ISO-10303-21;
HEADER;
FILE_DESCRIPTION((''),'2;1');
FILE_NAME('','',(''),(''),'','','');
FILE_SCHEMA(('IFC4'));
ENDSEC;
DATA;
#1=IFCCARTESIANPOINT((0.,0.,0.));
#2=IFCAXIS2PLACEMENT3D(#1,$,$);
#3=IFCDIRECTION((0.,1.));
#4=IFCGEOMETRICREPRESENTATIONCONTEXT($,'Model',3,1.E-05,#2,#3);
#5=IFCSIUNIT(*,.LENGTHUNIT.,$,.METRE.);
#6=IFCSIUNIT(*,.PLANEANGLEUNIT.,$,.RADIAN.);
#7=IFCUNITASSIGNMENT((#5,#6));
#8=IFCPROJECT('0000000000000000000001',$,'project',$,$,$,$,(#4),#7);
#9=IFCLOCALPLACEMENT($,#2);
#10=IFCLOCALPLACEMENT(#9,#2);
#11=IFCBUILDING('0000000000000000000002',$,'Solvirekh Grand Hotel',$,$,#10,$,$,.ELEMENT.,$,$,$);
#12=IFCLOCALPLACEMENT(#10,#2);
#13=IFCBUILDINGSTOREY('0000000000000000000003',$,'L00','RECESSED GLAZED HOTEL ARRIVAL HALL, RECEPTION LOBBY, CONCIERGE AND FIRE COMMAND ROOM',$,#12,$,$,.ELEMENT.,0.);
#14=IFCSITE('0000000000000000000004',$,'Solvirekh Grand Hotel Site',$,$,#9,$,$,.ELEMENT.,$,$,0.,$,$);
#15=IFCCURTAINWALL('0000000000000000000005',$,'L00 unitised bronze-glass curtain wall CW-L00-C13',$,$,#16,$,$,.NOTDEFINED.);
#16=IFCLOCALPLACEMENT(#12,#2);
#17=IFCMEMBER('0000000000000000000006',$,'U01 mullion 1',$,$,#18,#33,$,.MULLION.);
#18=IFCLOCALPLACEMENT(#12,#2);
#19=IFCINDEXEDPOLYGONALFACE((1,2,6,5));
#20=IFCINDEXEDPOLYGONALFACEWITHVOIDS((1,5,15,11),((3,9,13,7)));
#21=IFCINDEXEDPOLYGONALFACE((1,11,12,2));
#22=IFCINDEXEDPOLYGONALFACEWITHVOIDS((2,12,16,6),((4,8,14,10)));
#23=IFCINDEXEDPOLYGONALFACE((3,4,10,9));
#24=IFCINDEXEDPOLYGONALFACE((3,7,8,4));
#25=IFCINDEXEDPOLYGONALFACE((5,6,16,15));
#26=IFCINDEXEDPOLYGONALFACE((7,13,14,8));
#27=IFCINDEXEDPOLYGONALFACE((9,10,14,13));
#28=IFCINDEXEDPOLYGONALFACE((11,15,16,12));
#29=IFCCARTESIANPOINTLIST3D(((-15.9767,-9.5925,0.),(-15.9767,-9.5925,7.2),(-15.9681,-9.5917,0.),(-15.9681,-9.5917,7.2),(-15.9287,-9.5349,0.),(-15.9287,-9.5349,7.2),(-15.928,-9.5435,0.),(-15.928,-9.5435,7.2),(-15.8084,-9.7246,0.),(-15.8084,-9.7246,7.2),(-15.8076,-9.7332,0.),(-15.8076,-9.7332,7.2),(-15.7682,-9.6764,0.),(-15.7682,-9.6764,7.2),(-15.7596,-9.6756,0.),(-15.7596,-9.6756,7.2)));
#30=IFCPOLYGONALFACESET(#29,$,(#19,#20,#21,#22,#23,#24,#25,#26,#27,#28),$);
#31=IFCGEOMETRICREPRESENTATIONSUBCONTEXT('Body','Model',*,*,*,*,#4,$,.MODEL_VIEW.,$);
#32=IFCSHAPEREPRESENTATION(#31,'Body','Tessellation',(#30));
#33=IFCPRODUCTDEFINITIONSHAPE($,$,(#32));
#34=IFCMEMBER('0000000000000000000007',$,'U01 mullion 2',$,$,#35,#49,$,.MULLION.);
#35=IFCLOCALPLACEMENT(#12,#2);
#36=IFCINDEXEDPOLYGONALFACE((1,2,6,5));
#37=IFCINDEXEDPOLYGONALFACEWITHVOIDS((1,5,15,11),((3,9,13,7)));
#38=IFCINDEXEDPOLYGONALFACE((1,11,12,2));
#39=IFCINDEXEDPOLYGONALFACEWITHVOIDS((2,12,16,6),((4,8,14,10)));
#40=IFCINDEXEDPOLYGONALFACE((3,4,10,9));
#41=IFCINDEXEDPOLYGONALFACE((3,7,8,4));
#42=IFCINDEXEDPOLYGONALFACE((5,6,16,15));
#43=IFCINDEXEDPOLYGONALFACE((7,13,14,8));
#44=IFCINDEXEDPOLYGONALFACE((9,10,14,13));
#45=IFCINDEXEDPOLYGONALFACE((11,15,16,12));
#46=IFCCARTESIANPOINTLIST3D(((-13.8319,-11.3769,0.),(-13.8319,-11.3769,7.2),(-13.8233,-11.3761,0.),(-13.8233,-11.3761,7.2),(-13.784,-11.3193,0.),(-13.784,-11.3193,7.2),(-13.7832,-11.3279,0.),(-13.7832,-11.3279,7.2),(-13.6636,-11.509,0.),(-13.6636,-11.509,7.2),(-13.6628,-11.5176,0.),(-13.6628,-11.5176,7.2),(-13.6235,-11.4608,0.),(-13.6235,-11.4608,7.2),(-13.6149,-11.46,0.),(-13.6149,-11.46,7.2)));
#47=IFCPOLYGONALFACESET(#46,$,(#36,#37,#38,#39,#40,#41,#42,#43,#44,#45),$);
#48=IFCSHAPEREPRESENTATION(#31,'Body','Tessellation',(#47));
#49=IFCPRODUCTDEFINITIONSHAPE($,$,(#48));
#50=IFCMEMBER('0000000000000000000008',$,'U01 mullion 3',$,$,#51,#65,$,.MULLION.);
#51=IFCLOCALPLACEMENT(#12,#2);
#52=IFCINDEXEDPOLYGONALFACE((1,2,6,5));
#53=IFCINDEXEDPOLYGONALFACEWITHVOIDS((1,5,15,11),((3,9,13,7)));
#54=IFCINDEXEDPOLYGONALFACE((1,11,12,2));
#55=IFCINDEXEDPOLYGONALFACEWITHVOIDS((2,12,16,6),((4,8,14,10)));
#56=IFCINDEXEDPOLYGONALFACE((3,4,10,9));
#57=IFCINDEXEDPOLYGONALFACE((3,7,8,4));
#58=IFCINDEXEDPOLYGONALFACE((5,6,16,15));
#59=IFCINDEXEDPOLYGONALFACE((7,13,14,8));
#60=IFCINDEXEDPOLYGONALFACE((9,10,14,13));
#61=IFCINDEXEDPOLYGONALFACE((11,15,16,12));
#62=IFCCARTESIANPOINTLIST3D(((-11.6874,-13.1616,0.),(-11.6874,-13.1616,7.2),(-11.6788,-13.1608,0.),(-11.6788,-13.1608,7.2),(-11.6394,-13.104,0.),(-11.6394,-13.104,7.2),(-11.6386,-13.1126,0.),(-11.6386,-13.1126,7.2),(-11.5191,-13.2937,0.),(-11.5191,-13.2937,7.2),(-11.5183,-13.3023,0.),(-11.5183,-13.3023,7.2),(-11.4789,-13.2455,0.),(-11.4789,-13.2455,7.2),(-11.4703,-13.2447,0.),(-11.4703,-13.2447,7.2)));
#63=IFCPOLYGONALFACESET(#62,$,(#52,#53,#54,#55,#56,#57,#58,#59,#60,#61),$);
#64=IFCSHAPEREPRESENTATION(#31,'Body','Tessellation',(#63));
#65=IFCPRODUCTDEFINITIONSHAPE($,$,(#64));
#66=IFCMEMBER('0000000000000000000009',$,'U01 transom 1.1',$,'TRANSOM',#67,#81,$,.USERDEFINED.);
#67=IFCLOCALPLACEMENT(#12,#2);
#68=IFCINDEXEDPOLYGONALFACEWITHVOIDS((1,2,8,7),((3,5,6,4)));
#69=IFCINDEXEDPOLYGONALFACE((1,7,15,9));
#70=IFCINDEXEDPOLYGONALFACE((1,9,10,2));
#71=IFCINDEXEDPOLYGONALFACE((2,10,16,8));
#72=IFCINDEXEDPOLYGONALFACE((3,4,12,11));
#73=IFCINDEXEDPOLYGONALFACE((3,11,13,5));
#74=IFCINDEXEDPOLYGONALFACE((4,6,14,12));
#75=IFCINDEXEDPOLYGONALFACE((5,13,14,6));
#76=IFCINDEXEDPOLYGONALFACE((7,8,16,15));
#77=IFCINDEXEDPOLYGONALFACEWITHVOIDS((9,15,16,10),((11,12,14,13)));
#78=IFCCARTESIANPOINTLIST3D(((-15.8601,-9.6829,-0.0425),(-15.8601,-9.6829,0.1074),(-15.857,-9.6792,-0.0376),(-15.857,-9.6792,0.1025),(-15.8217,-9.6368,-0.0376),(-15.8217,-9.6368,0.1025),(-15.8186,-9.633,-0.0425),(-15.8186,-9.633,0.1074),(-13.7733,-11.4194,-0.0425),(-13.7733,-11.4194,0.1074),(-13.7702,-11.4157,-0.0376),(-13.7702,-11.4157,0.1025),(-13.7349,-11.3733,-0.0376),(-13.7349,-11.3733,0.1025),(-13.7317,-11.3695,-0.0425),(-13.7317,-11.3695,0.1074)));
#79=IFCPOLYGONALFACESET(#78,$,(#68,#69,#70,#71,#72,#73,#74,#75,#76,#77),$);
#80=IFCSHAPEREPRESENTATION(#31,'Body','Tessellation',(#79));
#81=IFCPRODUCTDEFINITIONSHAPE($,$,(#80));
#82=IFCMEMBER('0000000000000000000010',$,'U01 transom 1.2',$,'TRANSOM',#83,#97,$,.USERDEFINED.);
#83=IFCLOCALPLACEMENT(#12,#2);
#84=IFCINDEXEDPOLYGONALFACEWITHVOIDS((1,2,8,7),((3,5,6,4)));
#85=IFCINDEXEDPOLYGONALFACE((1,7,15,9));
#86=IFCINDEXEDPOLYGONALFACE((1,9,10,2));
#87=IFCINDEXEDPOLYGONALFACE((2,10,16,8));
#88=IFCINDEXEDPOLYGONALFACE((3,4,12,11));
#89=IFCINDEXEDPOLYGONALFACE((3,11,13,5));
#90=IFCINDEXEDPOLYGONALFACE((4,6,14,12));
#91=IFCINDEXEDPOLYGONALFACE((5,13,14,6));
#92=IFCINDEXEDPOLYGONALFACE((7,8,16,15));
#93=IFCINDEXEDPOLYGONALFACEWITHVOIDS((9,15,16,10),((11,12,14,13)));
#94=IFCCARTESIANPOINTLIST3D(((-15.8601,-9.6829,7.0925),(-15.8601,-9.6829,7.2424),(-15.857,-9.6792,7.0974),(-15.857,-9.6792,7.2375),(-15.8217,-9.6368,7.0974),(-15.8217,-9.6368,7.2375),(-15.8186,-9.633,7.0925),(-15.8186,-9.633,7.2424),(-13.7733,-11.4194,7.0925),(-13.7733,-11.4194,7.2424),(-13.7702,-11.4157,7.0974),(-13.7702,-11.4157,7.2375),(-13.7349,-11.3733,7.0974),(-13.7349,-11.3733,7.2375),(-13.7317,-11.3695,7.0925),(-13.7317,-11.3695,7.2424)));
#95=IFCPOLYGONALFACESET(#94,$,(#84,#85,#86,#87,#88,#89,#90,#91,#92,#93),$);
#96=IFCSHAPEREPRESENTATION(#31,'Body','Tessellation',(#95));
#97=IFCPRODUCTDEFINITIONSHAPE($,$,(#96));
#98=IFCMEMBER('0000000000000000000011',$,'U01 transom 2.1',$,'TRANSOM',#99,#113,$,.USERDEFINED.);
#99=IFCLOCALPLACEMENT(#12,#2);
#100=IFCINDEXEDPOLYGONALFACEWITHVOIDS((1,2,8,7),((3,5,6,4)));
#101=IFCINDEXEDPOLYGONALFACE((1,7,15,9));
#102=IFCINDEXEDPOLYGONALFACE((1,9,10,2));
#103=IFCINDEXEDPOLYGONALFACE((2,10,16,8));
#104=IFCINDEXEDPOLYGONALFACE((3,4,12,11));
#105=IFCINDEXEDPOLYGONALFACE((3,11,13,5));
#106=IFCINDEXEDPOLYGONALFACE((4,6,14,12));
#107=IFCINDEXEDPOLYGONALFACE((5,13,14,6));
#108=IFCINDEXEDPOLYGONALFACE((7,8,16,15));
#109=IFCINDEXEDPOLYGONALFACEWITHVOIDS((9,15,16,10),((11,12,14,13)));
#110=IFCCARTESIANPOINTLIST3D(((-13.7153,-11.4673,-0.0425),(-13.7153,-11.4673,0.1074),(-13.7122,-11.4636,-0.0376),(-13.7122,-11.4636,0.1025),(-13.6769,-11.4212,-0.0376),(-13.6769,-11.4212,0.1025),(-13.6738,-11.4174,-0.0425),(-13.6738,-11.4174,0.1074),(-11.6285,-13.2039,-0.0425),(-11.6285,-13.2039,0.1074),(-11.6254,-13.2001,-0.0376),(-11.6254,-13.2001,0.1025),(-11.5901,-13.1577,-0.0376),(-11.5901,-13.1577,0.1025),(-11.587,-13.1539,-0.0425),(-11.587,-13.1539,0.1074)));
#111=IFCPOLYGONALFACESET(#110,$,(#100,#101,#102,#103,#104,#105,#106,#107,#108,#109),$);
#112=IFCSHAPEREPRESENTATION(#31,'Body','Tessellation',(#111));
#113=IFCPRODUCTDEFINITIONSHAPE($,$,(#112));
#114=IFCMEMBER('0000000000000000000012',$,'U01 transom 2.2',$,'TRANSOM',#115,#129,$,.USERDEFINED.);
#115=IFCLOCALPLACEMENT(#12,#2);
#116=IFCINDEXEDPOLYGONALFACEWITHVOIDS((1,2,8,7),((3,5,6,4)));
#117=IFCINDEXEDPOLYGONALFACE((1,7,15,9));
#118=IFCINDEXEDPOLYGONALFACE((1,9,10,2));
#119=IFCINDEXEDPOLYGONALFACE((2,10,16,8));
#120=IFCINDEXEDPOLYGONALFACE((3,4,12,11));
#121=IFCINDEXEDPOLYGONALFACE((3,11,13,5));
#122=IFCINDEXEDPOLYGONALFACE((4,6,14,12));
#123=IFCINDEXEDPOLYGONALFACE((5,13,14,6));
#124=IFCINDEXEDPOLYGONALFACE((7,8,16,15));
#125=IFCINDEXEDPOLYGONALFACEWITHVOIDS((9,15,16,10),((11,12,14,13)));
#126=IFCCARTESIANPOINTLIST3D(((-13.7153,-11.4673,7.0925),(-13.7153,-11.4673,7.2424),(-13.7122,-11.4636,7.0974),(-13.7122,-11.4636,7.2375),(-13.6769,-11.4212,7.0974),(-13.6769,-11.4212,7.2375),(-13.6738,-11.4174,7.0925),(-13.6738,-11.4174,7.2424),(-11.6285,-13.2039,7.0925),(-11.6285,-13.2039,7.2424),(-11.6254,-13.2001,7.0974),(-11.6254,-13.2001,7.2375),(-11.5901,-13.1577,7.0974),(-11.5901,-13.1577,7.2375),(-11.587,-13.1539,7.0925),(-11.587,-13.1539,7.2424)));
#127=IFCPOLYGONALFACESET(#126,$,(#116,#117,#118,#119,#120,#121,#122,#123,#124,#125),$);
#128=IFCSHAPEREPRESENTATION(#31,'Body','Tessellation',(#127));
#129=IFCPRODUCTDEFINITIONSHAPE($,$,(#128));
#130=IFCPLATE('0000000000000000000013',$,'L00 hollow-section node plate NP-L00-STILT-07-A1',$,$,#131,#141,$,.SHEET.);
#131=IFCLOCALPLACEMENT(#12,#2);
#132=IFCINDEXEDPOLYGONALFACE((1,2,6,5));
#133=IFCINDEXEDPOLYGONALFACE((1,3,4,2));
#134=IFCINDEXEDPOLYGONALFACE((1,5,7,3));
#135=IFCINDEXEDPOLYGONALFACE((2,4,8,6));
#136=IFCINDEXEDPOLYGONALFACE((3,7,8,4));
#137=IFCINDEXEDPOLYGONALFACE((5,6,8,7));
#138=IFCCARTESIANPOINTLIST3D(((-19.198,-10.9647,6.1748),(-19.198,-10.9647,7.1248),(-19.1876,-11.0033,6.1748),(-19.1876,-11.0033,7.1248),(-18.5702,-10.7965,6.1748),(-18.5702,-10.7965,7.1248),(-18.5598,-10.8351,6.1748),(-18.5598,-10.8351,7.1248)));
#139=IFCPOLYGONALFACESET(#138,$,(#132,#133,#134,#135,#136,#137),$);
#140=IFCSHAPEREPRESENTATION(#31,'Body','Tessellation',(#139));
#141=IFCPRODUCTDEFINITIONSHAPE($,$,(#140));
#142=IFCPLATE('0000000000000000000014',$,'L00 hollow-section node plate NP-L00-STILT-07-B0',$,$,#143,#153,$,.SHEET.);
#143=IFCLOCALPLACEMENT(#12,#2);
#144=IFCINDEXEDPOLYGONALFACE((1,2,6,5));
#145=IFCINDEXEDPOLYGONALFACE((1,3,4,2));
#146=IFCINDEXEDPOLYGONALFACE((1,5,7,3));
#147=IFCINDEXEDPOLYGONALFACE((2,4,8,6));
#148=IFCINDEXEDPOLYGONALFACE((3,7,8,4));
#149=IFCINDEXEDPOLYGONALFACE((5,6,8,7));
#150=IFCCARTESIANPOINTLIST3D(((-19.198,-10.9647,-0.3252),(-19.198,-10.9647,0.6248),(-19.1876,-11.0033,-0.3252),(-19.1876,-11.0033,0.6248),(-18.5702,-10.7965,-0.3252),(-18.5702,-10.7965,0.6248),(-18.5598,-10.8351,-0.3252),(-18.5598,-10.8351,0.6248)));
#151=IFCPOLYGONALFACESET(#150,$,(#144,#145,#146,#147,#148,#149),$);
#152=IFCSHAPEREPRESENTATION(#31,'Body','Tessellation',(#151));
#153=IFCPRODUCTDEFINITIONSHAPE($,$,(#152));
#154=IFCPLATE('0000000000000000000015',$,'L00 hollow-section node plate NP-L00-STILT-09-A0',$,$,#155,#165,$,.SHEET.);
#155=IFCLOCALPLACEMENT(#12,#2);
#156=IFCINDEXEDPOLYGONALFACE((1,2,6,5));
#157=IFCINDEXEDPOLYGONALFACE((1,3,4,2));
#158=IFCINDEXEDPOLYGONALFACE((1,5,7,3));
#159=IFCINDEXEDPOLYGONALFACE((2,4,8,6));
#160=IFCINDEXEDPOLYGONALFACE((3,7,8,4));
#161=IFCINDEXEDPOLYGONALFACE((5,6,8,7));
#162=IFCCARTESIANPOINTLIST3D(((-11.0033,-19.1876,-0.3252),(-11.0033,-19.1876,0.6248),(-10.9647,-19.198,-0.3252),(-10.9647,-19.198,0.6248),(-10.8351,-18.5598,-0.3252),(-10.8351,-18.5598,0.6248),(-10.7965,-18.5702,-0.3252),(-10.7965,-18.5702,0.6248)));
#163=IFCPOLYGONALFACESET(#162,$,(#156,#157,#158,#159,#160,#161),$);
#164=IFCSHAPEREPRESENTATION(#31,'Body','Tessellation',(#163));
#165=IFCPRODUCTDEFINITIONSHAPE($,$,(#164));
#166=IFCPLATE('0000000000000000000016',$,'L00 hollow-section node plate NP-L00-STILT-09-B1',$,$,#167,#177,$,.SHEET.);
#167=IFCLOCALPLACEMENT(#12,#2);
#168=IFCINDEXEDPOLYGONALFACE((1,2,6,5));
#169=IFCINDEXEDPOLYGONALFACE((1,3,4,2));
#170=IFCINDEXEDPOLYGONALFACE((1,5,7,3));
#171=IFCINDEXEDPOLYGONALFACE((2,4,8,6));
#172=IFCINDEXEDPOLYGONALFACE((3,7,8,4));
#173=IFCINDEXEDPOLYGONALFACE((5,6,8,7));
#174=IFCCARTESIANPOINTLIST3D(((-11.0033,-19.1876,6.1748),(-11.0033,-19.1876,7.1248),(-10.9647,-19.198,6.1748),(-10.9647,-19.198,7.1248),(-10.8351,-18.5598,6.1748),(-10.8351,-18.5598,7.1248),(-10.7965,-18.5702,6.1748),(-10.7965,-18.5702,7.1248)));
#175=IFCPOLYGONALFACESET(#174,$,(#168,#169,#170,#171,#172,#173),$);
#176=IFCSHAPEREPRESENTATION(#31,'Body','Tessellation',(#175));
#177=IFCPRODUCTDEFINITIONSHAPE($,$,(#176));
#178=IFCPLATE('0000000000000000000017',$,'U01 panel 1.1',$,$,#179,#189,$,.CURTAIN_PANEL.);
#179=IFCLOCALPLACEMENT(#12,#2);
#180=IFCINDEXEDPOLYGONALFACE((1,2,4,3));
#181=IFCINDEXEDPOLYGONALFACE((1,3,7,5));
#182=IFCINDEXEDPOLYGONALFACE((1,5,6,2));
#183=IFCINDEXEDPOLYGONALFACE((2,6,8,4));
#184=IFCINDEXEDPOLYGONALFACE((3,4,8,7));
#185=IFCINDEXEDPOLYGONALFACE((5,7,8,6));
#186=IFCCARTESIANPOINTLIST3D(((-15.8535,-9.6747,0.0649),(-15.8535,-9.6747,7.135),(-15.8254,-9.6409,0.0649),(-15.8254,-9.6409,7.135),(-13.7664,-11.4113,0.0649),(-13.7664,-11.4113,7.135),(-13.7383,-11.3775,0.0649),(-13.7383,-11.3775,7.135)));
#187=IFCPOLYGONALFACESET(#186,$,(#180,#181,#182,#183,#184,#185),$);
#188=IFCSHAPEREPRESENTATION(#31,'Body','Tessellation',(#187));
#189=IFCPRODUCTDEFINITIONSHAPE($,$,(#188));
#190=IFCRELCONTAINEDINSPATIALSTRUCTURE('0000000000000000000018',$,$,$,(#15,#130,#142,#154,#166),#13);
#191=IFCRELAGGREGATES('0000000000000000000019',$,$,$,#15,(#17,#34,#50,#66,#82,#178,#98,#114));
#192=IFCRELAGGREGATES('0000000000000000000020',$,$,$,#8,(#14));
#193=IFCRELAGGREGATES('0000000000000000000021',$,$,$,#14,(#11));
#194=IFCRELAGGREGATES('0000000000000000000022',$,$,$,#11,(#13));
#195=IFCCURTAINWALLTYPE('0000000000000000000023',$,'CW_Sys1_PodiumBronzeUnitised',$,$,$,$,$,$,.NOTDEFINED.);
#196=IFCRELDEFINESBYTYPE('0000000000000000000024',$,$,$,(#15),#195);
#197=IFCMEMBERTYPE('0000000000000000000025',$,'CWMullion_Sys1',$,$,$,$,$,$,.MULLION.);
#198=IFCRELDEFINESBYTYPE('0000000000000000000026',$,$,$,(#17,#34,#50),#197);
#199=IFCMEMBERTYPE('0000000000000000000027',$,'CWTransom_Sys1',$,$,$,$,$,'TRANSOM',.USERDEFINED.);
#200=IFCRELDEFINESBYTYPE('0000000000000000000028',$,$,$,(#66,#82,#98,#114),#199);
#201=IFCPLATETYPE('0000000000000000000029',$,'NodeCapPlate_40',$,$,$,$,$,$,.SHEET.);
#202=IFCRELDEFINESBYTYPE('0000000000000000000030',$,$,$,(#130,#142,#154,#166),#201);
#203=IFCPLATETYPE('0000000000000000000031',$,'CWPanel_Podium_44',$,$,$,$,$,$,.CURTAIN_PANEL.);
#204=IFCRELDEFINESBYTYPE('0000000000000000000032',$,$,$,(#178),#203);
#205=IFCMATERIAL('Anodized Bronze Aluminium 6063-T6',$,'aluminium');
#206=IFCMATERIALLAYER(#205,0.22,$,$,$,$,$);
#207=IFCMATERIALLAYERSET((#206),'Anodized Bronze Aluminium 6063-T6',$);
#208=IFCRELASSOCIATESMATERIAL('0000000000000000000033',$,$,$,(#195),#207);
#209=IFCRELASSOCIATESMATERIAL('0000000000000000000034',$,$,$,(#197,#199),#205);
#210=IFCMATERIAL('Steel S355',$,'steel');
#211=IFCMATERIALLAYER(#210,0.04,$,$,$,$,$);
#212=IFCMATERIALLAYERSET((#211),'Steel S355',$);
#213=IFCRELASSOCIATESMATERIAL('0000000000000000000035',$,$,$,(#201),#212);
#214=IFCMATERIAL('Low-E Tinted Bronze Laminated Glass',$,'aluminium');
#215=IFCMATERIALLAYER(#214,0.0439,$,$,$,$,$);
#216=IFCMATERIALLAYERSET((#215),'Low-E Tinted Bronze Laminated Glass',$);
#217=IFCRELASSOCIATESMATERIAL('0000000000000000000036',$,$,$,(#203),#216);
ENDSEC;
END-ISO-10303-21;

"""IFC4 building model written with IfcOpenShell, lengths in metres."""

from ifc_helpers import new_model, si_unit, direction, frame, origin, origin_2d, place, context, subcontext, project, spatial, rectangle, hollow_rectangle, extrude, source, transform, mapped, material, layer, layer_set, material_profile, profile_set, type_object, element, aggregate, save


model = new_model("IFC4")

# Units and contexts
model_context = context("Model", 3, precision=1e-05, world=origin(), true_north=direction((0.0, 1.0)))
body_context = subcontext(model_context, "Body", "Model", "MODEL_VIEW")
ifc_project = project(units=[si_unit("LENGTHUNIT", "METRE"), si_unit("PLANEANGLEUNIT", "RADIAN")], contexts=[model_context])

# Site, building, storey
site_placement = place(None, origin())
site = spatial("IfcSite", under=ifc_project, at=site_placement, Name="Solvirekh Grand Hotel Site", CompositionType="ELEMENT", RefElevation=0.0)
building_placement = place(site_placement, origin())
building = spatial("IfcBuilding", under=site, at=building_placement, Name="Solvirekh Grand Hotel", CompositionType="ELEMENT")
storey_placement = place(building_placement, origin())
storey = spatial("IfcBuildingStorey", under=building, at=storey_placement, Name="L00", Description="RECESSED GLAZED HOTEL ARRIVAL HALL, RECEPTION LOBBY, CONCIERGE AND FIRE COMMAND ROOM", CompositionType="ELEMENT", Elevation=0.0)

# Shared definitions
ifc_material_1 = material(Name="Steel S355", Category="steel")

# Curtain wall, members
ifc_material_2 = material(Name="Anodized Bronze Aluminium 6063-T6", Category="aluminium")
ifc_layer_1 = layer(ifc_material_2, 0.22)
ifc_layer_set_1 = layer_set([ifc_layer_1], Name="Anodized Bronze Aluminium 6063-T6")
curtain_wall_type = type_object("IfcCurtainWallType", Name="CW_Sys1_PodiumBronzeUnitised", PredefinedType="NOTDEFINED", material=ifc_layer_set_1)
curtain_wall_placement = place(storey_placement, origin())
curtain_wall = element("IfcCurtainWall", 1, at=curtain_wall_placement, inside=storey, type_object=curtain_wall_type, Name="L00 unitised bronze-glass curtain wall CW-L00-C13", PredefinedType="NOTDEFINED")
ifc_material_profile_1 = material_profile(ifc_material_2, hollow_rectangle(XDim=0.075, YDim=0.22, WallThickness=0.0061, at=origin_2d()), Name="ALU RHS 220X75X6")
ifc_profile_set_1 = profile_set([ifc_material_profile_1], Name="Anodized Bronze Aluminium 6063-T6")
member_type_1 = type_object("IfcMemberType", Name="CWMullion_Sys1", PredefinedType="MULLION", material=ifc_profile_set_1)
shared_shape_1 = source(origin(), body_context, "Body", "SweptSolid", [
    extrude(hollow_rectangle(XDim=0.075, YDim=0.22, WallThickness=0.0061, at=origin_2d()), origin(), (0.0, 0.0, 1.0), 7.2),
])
member_1_placement = place(storey_placement, frame((-15.8682, -9.634, 0.0), z_axis=(0.0, 0.0, 1.0), x_axis=(0.63961, 0.768699, 0.0)))
member_1 = element("IfcMember", 2, at=member_1_placement, type_object=member_type_1, Name="U01 mullion 1", PredefinedType="MULLION", context=body_context, shape_type="MappedRepresentation", body=[
    mapped(shared_shape_1, transform((0.0, 0.0, 0.0), x_axis=(1.0, 0.0, 0.0), y_axis=(0.0, 1.0, 0.0), z_axis=(0.0, 0.0, 1.0), scale=1.0)),
])
member_2_placement = place(storey_placement, frame((-13.7234, -11.4185, 0.0), z_axis=(0.0, 0.0, 1.0), x_axis=(0.63961, 0.768699, 0.0)))
member_2 = element("IfcMember", 3, at=member_2_placement, type_object=member_type_1, Name="U01 mullion 2", PredefinedType="MULLION", context=body_context, shape_type="MappedRepresentation", body=[
    mapped(shared_shape_1, transform((0.0, 0.0, 0.0), x_axis=(1.0, 0.0, 0.0), y_axis=(0.0, 1.0, 0.0), z_axis=(0.0, 0.0, 1.0), scale=1.0)),
])
member_3_placement = place(storey_placement, frame((-11.5789, -13.2031, 0.0), z_axis=(0.0, 0.0, 1.0), x_axis=(0.63961, 0.768699, 0.0)))
member_3 = element("IfcMember", 4, at=member_3_placement, type_object=member_type_1, Name="U01 mullion 3", PredefinedType="MULLION", context=body_context, shape_type="MappedRepresentation", body=[
    mapped(shared_shape_1, transform((0.0, 0.0, 0.0), x_axis=(1.0, 0.0, 0.0), y_axis=(0.0, 1.0, 0.0), z_axis=(0.0, 0.0, 1.0), scale=1.0)),
])
ifc_material_profile_2 = material_profile(ifc_material_2, hollow_rectangle(XDim=0.0649, YDim=0.1499, WallThickness=0.0049, at=origin_2d()), Name="ALU RHS 150X65X5")
ifc_profile_set_2 = profile_set([ifc_material_profile_2], Name="Anodized Bronze Aluminium 6063-T6")
member_type_2 = type_object("IfcMemberType", Name="CWTransom_Sys1", ElementType="TRANSOM", PredefinedType="USERDEFINED", material=ifc_profile_set_2)
shared_shape_2 = source(origin(), body_context, "Body", "SweptSolid", [
    extrude(hollow_rectangle(XDim=0.0649, YDim=0.1499, WallThickness=0.0049, at=origin_2d()), origin(), (0.0, 0.0, 1.0), 2.7148),
])
member_4_placement = place(storey_placement, frame((-15.8394, -9.658, 0.0325), z_axis=(0.768678, -0.639636, 0.0), x_axis=(0.639636, 0.768678, 0.0)))
member_4 = element("IfcMember", 5, at=member_4_placement, type_object=member_type_2, Name="U01 transom 1.1", ObjectType="TRANSOM", PredefinedType="USERDEFINED", context=body_context, shape_type="MappedRepresentation", body=[
    mapped(shared_shape_2, transform((0.0, 0.0, 0.0), x_axis=(1.0, 0.0, 0.0), y_axis=(0.0, 1.0, 0.0), z_axis=(0.0, 0.0, 1.0), scale=1.0)),
])
member_5_placement = place(storey_placement, frame((-15.8394, -9.658, 7.1675), z_axis=(0.768678, -0.639636, 0.0), x_axis=(0.639636, 0.768678, 0.0)))
member_5 = element("IfcMember", 6, at=member_5_placement, type_object=member_type_2, Name="U01 transom 1.2", ObjectType="TRANSOM", PredefinedType="USERDEFINED", context=body_context, shape_type="MappedRepresentation", body=[
    mapped(shared_shape_2, transform((0.0, 0.0, 0.0), x_axis=(1.0, 0.0, 0.0), y_axis=(0.0, 1.0, 0.0), z_axis=(0.0, 0.0, 1.0), scale=1.0)),
])
member_6_placement = place(storey_placement, frame((-13.6946, -11.4424, 0.0325), z_axis=(0.768678, -0.639636, 0.0), x_axis=(0.639636, 0.768678, 0.0)))
member_6 = element("IfcMember", 7, at=member_6_placement, type_object=member_type_2, Name="U01 transom 2.1", ObjectType="TRANSOM", PredefinedType="USERDEFINED", context=body_context, shape_type="MappedRepresentation", body=[
    mapped(shared_shape_2, transform((0.0, 0.0, 0.0), x_axis=(1.0, 0.0, 0.0), y_axis=(0.0, 1.0, 0.0), z_axis=(0.0, 0.0, 1.0), scale=1.0)),
])
member_7_placement = place(storey_placement, frame((-13.6946, -11.4424, 7.1675), z_axis=(0.768678, -0.639636, 0.0), x_axis=(0.639636, 0.768678, 0.0)))
member_7 = element("IfcMember", 8, at=member_7_placement, type_object=member_type_2, Name="U01 transom 2.2", ObjectType="TRANSOM", PredefinedType="USERDEFINED", context=body_context, shape_type="MappedRepresentation", body=[
    mapped(shared_shape_2, transform((0.0, 0.0, 0.0), x_axis=(1.0, 0.0, 0.0), y_axis=(0.0, 1.0, 0.0), z_axis=(0.0, 0.0, 1.0), scale=1.0)),
])

# Plates
ifc_layer_2 = layer(ifc_material_1, 0.04)
ifc_layer_set_2 = layer_set([ifc_layer_2], Name="Steel S355")
plate_type_1 = type_object("IfcPlateType", Name="NodeCapPlate_40", PredefinedType="SHEET", material=ifc_layer_set_2)
for number, where, z_axis, x_axis, name in (
    (9, (-18.8789, -10.8999, 6.1748), (0.0, 0.0, 1.0), (0.258819, -0.965926, 0.0), "L00 hollow-section node plate NP-L00-STILT-07-A1"),
    (10, (-18.8789, -10.8999, -0.3252), (0.0, 0.0, 1.0), (0.258819, -0.965926, 0.0), "L00 hollow-section node plate NP-L00-STILT-07-B0"),
    (11, (-10.8999, -18.8789, -0.3252), (0.0, 0.0, 1.0), (0.965926, -0.258819, 0.0), "L00 hollow-section node plate NP-L00-STILT-09-A0"),
    (12, (-10.8999, -18.8789, 6.1748), (0.0, 0.0, 1.0), (0.965926, -0.258819, 0.0), "L00 hollow-section node plate NP-L00-STILT-09-B1"),
):
    element("IfcPlate", number, at=place(storey_placement, frame(where, z_axis=z_axis, x_axis=x_axis)), inside=storey, type_object=plate_type_1, Name=name, PredefinedType="SHEET", context=body_context, shape_type="SweptSolid", body=[
        extrude(rectangle(XDim=0.04, YDim=0.6499, at=origin_2d()), origin(), (0.0, 0.0, 1.0), 0.95),
    ])

# Plate
ifc_material_3 = material(Name="Low-E Tinted Bronze Laminated Glass", Category="aluminium")
ifc_layer_3 = layer(ifc_material_3, 0.0439)
ifc_layer_set_3 = layer_set([ifc_layer_3], Name="Low-E Tinted Bronze Laminated Glass")
plate_type_2 = type_object("IfcPlateType", Name="CWPanel_Podium_44", PredefinedType="CURTAIN_PANEL", material=ifc_layer_set_3)
shared_shape_3 = source(origin(), body_context, "Body", "SweptSolid", [
    extrude(rectangle(XDim=2.7151, YDim=0.0439, at=origin_2d()), origin(), (0.0, 0.0, 1.0), 7.0701),
])
plate_1_placement = place(storey_placement, frame((-14.7959, -10.5261, 0.0649), z_axis=(0.0, 0.0, 1.0), x_axis=(0.768699, -0.63961, 0.0)))
plate_1 = element("IfcPlate", 13, at=plate_1_placement, type_object=plate_type_2, Name="U01 panel 1.1", PredefinedType="CURTAIN_PANEL", context=body_context, shape_type="MappedRepresentation", body=[
    mapped(shared_shape_3, transform((0.0, 0.0, 0.0), x_axis=(1.0, 0.0, 0.0), y_axis=(0.0, 1.0, 0.0), z_axis=(0.0, 0.0, 1.0), scale=1.0)),
])
aggregate(curtain_wall, [member_1, member_2, member_3, member_4, member_5, plate_1, member_6, member_7])

save(model, "model.ifc")
